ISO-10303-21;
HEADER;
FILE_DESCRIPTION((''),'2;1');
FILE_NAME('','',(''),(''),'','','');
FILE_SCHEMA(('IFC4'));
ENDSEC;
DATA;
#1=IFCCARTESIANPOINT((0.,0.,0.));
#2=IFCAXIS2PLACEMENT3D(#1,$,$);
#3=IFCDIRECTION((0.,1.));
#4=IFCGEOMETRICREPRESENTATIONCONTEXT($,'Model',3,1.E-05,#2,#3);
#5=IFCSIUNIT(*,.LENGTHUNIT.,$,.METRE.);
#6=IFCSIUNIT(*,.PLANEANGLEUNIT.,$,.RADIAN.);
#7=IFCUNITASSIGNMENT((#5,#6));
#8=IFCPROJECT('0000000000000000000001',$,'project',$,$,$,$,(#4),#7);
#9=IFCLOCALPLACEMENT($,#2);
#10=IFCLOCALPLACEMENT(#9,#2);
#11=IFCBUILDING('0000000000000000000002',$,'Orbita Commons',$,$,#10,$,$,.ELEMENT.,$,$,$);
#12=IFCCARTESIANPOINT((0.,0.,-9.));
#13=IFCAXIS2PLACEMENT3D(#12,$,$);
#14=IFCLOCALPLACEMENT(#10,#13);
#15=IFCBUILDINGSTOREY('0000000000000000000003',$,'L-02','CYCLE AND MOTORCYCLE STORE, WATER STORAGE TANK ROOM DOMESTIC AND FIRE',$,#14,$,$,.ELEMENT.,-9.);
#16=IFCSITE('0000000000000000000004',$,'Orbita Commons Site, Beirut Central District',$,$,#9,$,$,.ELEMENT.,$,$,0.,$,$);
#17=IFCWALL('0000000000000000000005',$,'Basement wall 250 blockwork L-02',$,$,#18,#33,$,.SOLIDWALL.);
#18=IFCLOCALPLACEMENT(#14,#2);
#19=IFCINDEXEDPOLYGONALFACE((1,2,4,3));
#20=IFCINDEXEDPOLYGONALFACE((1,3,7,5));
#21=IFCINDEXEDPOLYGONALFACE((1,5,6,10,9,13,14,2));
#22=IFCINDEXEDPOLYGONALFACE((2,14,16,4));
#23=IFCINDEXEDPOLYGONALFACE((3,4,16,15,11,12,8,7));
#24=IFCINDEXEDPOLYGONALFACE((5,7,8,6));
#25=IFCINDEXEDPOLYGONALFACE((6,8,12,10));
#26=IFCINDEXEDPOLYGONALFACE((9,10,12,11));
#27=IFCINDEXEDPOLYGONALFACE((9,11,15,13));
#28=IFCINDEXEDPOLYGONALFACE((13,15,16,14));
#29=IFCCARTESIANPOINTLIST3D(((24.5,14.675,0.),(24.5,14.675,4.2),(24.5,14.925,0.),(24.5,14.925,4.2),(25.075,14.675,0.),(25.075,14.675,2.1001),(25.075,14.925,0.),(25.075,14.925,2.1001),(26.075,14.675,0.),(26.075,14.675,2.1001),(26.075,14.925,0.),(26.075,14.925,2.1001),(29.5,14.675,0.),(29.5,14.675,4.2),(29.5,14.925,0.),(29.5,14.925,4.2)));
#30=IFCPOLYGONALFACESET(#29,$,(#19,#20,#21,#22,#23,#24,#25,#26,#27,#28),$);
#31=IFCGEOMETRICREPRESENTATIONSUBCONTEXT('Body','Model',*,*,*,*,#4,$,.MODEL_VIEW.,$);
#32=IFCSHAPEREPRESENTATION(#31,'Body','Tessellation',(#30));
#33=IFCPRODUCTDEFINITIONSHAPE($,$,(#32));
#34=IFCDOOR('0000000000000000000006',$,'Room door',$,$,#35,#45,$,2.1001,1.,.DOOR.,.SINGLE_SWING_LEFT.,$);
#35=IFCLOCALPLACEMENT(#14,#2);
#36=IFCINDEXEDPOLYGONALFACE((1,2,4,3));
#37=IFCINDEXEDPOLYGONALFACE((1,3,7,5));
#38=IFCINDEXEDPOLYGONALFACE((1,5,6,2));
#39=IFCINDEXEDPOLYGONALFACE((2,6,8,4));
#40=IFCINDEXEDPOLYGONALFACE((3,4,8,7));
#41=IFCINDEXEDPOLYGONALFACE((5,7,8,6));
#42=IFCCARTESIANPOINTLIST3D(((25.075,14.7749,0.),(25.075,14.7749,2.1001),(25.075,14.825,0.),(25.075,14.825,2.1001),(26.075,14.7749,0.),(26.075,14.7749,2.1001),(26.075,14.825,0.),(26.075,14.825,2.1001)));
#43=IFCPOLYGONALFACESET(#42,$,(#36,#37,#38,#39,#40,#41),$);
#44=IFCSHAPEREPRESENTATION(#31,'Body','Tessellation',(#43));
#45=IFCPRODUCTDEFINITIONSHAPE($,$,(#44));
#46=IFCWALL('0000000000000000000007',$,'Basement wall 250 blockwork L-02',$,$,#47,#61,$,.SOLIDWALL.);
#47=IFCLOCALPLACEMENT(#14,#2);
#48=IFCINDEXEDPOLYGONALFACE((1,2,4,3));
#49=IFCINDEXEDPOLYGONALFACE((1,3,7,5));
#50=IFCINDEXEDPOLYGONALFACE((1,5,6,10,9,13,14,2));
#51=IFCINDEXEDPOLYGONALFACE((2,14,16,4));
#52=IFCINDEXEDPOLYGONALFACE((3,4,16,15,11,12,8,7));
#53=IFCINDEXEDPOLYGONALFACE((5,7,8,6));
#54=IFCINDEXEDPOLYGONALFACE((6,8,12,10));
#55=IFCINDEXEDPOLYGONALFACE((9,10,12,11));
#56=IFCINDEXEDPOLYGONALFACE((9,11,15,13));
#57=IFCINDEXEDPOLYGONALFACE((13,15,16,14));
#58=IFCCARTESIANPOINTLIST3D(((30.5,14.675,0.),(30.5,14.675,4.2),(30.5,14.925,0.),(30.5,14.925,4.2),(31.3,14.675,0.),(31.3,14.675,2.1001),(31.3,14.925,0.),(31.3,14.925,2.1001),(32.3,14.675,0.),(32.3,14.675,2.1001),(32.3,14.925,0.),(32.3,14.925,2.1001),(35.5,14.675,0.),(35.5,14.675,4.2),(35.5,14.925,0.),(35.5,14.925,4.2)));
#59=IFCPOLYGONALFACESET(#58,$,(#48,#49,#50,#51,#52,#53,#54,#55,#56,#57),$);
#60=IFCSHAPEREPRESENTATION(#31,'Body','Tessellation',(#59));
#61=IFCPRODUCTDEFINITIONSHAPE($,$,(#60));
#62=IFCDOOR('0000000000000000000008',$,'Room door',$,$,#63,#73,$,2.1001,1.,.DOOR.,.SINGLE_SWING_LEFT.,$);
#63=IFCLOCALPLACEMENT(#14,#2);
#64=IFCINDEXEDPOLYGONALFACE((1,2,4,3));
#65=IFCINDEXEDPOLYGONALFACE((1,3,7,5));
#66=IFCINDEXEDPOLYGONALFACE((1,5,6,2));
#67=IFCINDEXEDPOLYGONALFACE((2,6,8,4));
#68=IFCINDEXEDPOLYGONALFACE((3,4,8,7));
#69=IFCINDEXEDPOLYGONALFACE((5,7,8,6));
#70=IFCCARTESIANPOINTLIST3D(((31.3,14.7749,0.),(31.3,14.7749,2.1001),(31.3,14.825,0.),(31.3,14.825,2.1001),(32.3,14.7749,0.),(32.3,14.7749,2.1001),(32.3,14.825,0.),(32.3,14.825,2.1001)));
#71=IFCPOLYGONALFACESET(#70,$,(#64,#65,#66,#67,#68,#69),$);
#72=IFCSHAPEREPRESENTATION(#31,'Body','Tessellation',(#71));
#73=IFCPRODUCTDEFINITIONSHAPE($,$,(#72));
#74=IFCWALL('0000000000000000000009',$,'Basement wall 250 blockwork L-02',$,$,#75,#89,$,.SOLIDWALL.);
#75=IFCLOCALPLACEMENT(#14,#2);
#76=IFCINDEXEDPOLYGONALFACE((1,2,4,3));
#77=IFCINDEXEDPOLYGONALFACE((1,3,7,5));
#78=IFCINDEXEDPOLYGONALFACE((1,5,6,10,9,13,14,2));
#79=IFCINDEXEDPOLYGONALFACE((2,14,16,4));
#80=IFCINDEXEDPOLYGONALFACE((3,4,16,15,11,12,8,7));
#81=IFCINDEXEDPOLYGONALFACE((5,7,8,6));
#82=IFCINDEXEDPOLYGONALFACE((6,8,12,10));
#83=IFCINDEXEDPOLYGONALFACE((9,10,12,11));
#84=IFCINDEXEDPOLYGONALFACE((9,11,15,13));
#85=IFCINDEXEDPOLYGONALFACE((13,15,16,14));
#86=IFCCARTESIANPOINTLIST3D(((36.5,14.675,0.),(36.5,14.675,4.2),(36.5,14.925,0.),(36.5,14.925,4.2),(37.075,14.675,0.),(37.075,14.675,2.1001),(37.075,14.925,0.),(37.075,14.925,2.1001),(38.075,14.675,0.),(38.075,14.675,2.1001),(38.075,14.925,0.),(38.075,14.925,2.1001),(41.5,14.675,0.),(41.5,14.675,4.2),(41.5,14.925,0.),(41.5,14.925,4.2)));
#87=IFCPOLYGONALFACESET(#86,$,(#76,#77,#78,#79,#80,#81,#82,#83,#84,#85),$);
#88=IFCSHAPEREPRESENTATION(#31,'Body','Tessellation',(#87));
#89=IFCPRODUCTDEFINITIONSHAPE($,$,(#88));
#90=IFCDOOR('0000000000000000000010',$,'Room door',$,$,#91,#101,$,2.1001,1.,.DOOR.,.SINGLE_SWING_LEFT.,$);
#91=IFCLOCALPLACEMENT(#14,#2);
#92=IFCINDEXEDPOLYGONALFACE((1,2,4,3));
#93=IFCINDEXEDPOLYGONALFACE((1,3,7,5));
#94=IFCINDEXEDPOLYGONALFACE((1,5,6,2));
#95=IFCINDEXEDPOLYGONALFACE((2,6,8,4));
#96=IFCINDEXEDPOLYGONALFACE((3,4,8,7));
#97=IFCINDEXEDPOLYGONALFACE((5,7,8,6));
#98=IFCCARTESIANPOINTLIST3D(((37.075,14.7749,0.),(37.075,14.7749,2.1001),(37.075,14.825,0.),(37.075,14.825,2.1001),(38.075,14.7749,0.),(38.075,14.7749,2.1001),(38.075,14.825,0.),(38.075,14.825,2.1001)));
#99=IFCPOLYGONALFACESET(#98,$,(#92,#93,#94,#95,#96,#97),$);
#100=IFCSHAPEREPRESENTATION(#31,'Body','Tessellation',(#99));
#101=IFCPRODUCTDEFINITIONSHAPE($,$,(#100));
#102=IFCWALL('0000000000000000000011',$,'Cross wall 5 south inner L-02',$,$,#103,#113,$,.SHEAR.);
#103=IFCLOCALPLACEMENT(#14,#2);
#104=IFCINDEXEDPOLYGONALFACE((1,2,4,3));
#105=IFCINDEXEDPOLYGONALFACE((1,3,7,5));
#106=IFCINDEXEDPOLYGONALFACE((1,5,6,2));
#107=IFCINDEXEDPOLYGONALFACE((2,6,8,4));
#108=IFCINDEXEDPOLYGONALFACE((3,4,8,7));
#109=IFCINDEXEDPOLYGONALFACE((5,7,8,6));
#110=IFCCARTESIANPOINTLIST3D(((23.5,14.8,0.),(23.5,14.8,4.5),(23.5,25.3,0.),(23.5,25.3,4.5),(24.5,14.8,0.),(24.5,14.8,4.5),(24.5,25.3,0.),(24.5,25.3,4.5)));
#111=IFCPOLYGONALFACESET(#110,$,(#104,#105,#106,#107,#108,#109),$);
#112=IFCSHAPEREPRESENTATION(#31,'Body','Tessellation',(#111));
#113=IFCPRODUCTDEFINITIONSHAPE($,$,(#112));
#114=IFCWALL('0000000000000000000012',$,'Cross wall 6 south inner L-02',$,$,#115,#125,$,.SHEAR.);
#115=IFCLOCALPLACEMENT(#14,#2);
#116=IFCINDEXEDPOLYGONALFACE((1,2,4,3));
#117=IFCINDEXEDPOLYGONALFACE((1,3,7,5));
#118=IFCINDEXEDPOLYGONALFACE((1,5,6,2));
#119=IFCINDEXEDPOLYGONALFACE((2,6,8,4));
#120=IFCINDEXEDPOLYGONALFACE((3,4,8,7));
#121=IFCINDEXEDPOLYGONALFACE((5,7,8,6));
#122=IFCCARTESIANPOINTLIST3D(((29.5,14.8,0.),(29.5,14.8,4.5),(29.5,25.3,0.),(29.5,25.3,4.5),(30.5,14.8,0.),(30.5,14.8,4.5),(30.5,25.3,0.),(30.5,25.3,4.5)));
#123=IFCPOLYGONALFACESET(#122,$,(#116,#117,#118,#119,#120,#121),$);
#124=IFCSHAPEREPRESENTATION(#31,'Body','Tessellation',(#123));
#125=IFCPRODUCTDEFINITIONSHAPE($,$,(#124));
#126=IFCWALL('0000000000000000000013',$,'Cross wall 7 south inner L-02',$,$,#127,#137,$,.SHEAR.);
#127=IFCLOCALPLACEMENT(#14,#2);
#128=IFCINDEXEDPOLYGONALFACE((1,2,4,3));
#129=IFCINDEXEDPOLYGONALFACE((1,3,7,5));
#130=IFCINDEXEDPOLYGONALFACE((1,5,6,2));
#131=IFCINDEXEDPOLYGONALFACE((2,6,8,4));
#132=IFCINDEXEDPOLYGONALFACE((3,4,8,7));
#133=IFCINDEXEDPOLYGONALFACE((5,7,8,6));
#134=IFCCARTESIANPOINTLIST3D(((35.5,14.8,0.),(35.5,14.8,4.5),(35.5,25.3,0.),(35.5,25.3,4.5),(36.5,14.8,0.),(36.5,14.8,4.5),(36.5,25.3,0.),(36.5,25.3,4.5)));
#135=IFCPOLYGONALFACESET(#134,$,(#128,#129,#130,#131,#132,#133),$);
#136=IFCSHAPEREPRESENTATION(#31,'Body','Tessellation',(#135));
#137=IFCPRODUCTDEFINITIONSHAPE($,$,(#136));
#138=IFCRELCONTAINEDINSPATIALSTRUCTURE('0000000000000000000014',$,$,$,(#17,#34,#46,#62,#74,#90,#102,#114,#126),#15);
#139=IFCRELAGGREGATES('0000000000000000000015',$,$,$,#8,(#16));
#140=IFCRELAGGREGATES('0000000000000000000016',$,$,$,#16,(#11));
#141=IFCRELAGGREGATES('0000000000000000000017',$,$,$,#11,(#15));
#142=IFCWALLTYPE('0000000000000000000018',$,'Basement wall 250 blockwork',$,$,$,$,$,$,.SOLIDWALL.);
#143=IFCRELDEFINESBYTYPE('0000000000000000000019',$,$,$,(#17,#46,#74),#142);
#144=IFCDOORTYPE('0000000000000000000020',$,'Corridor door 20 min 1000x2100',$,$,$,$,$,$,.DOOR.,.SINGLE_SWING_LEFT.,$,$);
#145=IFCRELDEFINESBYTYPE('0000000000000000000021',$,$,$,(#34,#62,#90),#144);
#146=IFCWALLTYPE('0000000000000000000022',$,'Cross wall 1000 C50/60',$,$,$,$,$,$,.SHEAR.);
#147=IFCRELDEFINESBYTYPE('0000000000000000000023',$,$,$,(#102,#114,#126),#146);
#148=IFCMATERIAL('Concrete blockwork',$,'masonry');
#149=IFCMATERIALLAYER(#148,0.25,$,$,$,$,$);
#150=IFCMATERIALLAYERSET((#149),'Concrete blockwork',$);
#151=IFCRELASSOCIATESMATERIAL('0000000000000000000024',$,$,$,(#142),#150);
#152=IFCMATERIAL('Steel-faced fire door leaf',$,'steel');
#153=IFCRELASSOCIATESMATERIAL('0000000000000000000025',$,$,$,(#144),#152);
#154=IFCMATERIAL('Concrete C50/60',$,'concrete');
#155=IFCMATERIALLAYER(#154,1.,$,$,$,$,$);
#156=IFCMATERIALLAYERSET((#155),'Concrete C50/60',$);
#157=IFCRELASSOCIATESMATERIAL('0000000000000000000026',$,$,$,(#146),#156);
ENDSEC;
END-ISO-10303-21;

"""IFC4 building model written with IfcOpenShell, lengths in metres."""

from ifc_helpers import new_model, si_unit, direction, frame, frame_2d, origin, place, context, subcontext, project, spatial, rectangle, extrude, material, layer, layer_set, type_object, element, fill, save


model = new_model("IFC4")

# Units and contexts
model_context = context("Model", 3, precision=1e-05, world=origin(), true_north=direction((0.0, 1.0)))
body_context = subcontext(model_context, "Body", "Model", "MODEL_VIEW")
ifc_project = project(units=[si_unit("LENGTHUNIT", "METRE"), si_unit("PLANEANGLEUNIT", "RADIAN")], contexts=[model_context])

# Site, building, storey
site_placement = place(None, origin())
site = spatial("IfcSite", under=ifc_project, at=site_placement, Name="Orbita Commons Site, Beirut Central District", CompositionType="ELEMENT", RefElevation=0.0)
building_placement = place(site_placement, origin())
building = spatial("IfcBuilding", under=site, at=building_placement, Name="Orbita Commons", CompositionType="ELEMENT")
storey_placement = place(building_placement, frame((0.0, 0.0, -9.0)))
storey = spatial("IfcBuildingStorey", under=building, at=storey_placement, Name="L-02", Description="CYCLE AND MOTORCYCLE STORE, WATER STORAGE TANK ROOM DOMESTIC AND FIRE", CompositionType="ELEMENT", Elevation=-9.0)

# Shared definitions
ifc_material_1 = material(Name="Concrete blockwork", Category="masonry")
ifc_layer_1 = layer(ifc_material_1, 0.25)
ifc_layer_set_1 = layer_set([ifc_layer_1], Name="Concrete blockwork")
wall_type_1 = type_object("IfcWallType", Name="Basement wall 250 blockwork", PredefinedType="SOLIDWALL", material=ifc_layer_set_1)

# Walls, openings, doors
wall_1_placement = place(storey_placement, frame((24.5, 14.8, 0.0), z_axis=(0.0, 0.0, 1.0), x_axis=(1.0, 0.0, 0.0)))
wall_1 = element("IfcWall", 1, at=wall_1_placement, inside=storey, type_object=wall_type_1, Name="Basement wall 250 blockwork L-02", PredefinedType="SOLIDWALL", context=body_context, shape_type="SweptSolid", body=[
    extrude(rectangle(XDim=5.0, YDim=0.25, at=frame_2d((2.5, 0.0))), origin(), (0.0, 0.0, 1.0), 4.2),
])
opening_1_placement = place(wall_1_placement, frame((0.575, 0.0, 0.0)))
opening_1 = element("IfcOpeningElement", 2, at=opening_1_placement, cuts=wall_1, PredefinedType="OPENING", context=body_context, shape_type="SweptSolid", body=[
    extrude(rectangle(XDim=1.0, YDim=2.1001, at=frame_2d((0.5, 1.05))), frame((0.0, 0.135, 0.0), z_axis=(0.0, -1.0, 0.0), x_axis=(1.0, 0.0, 0.0)), (0.0, 0.0, 1.0), 0.27),
])
ifc_material_2 = material(Name="Steel-faced fire door leaf", Category="steel")
door_type_1 = type_object("IfcDoorType", Name="Corridor door 20 min 1000x2100", OperationType="SINGLE_SWING_LEFT", PredefinedType="DOOR", material=ifc_material_2)
door_1_placement = place(opening_1_placement, origin())
door_1 = element("IfcDoor", 3, at=door_1_placement, inside=storey, type_object=door_type_1, Name="Room door", OperationType="SINGLE_SWING_LEFT", OverallHeight=2.1001, OverallWidth=1.0, PredefinedType="DOOR", context=body_context, shape_type="SweptSolid", body=[
    extrude(rectangle(XDim=1.0, YDim=2.1001, at=frame_2d((0.5, 1.05))), frame((0.0, 0.0249, 0.0), z_axis=(0.0, -1.0, 0.0), x_axis=(1.0, 0.0, 0.0)), (0.0, 0.0, 1.0), 0.05),
])
fill(opening_1, door_1)
wall_2_placement = place(storey_placement, frame((30.5, 14.8, 0.0), z_axis=(0.0, 0.0, 1.0), x_axis=(1.0, 0.0, 0.0)))
wall_2 = element("IfcWall", 4, at=wall_2_placement, inside=storey, type_object=wall_type_1, Name="Basement wall 250 blockwork L-02", PredefinedType="SOLIDWALL", context=body_context, shape_type="SweptSolid", body=[
    extrude(rectangle(XDim=5.0, YDim=0.25, at=frame_2d((2.5, 0.0))), origin(), (0.0, 0.0, 1.0), 4.2),
])
opening_2_placement = place(wall_2_placement, frame((0.8, 0.0, 0.0)))
opening_2 = element("IfcOpeningElement", 5, at=opening_2_placement, cuts=wall_2, PredefinedType="OPENING", context=body_context, shape_type="SweptSolid", body=[
    extrude(rectangle(XDim=1.0, YDim=2.1001, at=frame_2d((0.5, 1.05))), frame((0.0, 0.135, 0.0), z_axis=(0.0, -1.0, 0.0), x_axis=(1.0, 0.0, 0.0)), (0.0, 0.0, 1.0), 0.27),
])
door_2_placement = place(opening_2_placement, origin())
door_2 = element("IfcDoor", 6, at=door_2_placement, inside=storey, type_object=door_type_1, Name="Room door", OperationType="SINGLE_SWING_LEFT", OverallHeight=2.1001, OverallWidth=1.0, PredefinedType="DOOR", context=body_context, shape_type="SweptSolid", body=[
    extrude(rectangle(XDim=1.0, YDim=2.1001, at=frame_2d((0.5, 1.05))), frame((0.0, 0.0249, 0.0), z_axis=(0.0, -1.0, 0.0), x_axis=(1.0, 0.0, 0.0)), (0.0, 0.0, 1.0), 0.05),
])
fill(opening_2, door_2)
wall_3_placement = place(storey_placement, frame((36.5, 14.8, 0.0), z_axis=(0.0, 0.0, 1.0), x_axis=(1.0, 0.0, 0.0)))
wall_3 = element("IfcWall", 7, at=wall_3_placement, inside=storey, type_object=wall_type_1, Name="Basement wall 250 blockwork L-02", PredefinedType="SOLIDWALL", context=body_context, shape_type="SweptSolid", body=[
    extrude(rectangle(XDim=5.0, YDim=0.25, at=frame_2d((2.5, 0.0))), origin(), (0.0, 0.0, 1.0), 4.2),
])
opening_3_placement = place(wall_3_placement, frame((0.575, 0.0, 0.0)))
opening_3 = element("IfcOpeningElement", 8, at=opening_3_placement, cuts=wall_3, PredefinedType="OPENING", context=body_context, shape_type="SweptSolid", body=[
    extrude(rectangle(XDim=1.0, YDim=2.1001, at=frame_2d((0.5, 1.05))), frame((0.0, 0.135, 0.0), z_axis=(0.0, -1.0, 0.0), x_axis=(1.0, 0.0, 0.0)), (0.0, 0.0, 1.0), 0.27),
])
door_3_placement = place(opening_3_placement, origin())
door_3 = element("IfcDoor", 9, at=door_3_placement, inside=storey, type_object=door_type_1, Name="Room door", OperationType="SINGLE_SWING_LEFT", OverallHeight=2.1001, OverallWidth=1.0, PredefinedType="DOOR", context=body_context, shape_type="SweptSolid", body=[
    extrude(rectangle(XDim=1.0, YDim=2.1001, at=frame_2d((0.5, 1.05))), frame((0.0, 0.0249, 0.0), z_axis=(0.0, -1.0, 0.0), x_axis=(1.0, 0.0, 0.0)), (0.0, 0.0, 1.0), 0.05),
])
fill(opening_3, door_3)

# Walls
ifc_material_3 = material(Name="Concrete C50/60", Category="concrete")
ifc_layer_2 = layer(ifc_material_3, 1.0)
ifc_layer_set_2 = layer_set([ifc_layer_2], Name="Concrete C50/60")
wall_type_2 = type_object("IfcWallType", Name="Cross wall 1000 C50/60", PredefinedType="SHEAR", material=ifc_layer_set_2)
for number, where, z_axis, x_axis, name in (
    (10, (24.0, 14.8, 0.0), (0.0, 0.0, 1.0), (0.0, 1.0, 0.0), "Cross wall 5 south inner L-02"),
    (11, (30.0, 14.8, 0.0), (0.0, 0.0, 1.0), (0.0, 1.0, 0.0), "Cross wall 6 south inner L-02"),
    (12, (36.0, 14.8, 0.0), (0.0, 0.0, 1.0), (0.0, 1.0, 0.0), "Cross wall 7 south inner L-02"),
):
    element("IfcWall", number, at=place(storey_placement, frame(where, z_axis=z_axis, x_axis=x_axis)), inside=storey, type_object=wall_type_2, Name=name, PredefinedType="SHEAR", context=body_context, shape_type="SweptSolid", body=[
        extrude(rectangle(XDim=10.5, YDim=1.0, at=frame_2d((5.25, 0.0))), origin(), (0.0, 0.0, 1.0), 4.5),
    ])

save(model, "model.ifc")
